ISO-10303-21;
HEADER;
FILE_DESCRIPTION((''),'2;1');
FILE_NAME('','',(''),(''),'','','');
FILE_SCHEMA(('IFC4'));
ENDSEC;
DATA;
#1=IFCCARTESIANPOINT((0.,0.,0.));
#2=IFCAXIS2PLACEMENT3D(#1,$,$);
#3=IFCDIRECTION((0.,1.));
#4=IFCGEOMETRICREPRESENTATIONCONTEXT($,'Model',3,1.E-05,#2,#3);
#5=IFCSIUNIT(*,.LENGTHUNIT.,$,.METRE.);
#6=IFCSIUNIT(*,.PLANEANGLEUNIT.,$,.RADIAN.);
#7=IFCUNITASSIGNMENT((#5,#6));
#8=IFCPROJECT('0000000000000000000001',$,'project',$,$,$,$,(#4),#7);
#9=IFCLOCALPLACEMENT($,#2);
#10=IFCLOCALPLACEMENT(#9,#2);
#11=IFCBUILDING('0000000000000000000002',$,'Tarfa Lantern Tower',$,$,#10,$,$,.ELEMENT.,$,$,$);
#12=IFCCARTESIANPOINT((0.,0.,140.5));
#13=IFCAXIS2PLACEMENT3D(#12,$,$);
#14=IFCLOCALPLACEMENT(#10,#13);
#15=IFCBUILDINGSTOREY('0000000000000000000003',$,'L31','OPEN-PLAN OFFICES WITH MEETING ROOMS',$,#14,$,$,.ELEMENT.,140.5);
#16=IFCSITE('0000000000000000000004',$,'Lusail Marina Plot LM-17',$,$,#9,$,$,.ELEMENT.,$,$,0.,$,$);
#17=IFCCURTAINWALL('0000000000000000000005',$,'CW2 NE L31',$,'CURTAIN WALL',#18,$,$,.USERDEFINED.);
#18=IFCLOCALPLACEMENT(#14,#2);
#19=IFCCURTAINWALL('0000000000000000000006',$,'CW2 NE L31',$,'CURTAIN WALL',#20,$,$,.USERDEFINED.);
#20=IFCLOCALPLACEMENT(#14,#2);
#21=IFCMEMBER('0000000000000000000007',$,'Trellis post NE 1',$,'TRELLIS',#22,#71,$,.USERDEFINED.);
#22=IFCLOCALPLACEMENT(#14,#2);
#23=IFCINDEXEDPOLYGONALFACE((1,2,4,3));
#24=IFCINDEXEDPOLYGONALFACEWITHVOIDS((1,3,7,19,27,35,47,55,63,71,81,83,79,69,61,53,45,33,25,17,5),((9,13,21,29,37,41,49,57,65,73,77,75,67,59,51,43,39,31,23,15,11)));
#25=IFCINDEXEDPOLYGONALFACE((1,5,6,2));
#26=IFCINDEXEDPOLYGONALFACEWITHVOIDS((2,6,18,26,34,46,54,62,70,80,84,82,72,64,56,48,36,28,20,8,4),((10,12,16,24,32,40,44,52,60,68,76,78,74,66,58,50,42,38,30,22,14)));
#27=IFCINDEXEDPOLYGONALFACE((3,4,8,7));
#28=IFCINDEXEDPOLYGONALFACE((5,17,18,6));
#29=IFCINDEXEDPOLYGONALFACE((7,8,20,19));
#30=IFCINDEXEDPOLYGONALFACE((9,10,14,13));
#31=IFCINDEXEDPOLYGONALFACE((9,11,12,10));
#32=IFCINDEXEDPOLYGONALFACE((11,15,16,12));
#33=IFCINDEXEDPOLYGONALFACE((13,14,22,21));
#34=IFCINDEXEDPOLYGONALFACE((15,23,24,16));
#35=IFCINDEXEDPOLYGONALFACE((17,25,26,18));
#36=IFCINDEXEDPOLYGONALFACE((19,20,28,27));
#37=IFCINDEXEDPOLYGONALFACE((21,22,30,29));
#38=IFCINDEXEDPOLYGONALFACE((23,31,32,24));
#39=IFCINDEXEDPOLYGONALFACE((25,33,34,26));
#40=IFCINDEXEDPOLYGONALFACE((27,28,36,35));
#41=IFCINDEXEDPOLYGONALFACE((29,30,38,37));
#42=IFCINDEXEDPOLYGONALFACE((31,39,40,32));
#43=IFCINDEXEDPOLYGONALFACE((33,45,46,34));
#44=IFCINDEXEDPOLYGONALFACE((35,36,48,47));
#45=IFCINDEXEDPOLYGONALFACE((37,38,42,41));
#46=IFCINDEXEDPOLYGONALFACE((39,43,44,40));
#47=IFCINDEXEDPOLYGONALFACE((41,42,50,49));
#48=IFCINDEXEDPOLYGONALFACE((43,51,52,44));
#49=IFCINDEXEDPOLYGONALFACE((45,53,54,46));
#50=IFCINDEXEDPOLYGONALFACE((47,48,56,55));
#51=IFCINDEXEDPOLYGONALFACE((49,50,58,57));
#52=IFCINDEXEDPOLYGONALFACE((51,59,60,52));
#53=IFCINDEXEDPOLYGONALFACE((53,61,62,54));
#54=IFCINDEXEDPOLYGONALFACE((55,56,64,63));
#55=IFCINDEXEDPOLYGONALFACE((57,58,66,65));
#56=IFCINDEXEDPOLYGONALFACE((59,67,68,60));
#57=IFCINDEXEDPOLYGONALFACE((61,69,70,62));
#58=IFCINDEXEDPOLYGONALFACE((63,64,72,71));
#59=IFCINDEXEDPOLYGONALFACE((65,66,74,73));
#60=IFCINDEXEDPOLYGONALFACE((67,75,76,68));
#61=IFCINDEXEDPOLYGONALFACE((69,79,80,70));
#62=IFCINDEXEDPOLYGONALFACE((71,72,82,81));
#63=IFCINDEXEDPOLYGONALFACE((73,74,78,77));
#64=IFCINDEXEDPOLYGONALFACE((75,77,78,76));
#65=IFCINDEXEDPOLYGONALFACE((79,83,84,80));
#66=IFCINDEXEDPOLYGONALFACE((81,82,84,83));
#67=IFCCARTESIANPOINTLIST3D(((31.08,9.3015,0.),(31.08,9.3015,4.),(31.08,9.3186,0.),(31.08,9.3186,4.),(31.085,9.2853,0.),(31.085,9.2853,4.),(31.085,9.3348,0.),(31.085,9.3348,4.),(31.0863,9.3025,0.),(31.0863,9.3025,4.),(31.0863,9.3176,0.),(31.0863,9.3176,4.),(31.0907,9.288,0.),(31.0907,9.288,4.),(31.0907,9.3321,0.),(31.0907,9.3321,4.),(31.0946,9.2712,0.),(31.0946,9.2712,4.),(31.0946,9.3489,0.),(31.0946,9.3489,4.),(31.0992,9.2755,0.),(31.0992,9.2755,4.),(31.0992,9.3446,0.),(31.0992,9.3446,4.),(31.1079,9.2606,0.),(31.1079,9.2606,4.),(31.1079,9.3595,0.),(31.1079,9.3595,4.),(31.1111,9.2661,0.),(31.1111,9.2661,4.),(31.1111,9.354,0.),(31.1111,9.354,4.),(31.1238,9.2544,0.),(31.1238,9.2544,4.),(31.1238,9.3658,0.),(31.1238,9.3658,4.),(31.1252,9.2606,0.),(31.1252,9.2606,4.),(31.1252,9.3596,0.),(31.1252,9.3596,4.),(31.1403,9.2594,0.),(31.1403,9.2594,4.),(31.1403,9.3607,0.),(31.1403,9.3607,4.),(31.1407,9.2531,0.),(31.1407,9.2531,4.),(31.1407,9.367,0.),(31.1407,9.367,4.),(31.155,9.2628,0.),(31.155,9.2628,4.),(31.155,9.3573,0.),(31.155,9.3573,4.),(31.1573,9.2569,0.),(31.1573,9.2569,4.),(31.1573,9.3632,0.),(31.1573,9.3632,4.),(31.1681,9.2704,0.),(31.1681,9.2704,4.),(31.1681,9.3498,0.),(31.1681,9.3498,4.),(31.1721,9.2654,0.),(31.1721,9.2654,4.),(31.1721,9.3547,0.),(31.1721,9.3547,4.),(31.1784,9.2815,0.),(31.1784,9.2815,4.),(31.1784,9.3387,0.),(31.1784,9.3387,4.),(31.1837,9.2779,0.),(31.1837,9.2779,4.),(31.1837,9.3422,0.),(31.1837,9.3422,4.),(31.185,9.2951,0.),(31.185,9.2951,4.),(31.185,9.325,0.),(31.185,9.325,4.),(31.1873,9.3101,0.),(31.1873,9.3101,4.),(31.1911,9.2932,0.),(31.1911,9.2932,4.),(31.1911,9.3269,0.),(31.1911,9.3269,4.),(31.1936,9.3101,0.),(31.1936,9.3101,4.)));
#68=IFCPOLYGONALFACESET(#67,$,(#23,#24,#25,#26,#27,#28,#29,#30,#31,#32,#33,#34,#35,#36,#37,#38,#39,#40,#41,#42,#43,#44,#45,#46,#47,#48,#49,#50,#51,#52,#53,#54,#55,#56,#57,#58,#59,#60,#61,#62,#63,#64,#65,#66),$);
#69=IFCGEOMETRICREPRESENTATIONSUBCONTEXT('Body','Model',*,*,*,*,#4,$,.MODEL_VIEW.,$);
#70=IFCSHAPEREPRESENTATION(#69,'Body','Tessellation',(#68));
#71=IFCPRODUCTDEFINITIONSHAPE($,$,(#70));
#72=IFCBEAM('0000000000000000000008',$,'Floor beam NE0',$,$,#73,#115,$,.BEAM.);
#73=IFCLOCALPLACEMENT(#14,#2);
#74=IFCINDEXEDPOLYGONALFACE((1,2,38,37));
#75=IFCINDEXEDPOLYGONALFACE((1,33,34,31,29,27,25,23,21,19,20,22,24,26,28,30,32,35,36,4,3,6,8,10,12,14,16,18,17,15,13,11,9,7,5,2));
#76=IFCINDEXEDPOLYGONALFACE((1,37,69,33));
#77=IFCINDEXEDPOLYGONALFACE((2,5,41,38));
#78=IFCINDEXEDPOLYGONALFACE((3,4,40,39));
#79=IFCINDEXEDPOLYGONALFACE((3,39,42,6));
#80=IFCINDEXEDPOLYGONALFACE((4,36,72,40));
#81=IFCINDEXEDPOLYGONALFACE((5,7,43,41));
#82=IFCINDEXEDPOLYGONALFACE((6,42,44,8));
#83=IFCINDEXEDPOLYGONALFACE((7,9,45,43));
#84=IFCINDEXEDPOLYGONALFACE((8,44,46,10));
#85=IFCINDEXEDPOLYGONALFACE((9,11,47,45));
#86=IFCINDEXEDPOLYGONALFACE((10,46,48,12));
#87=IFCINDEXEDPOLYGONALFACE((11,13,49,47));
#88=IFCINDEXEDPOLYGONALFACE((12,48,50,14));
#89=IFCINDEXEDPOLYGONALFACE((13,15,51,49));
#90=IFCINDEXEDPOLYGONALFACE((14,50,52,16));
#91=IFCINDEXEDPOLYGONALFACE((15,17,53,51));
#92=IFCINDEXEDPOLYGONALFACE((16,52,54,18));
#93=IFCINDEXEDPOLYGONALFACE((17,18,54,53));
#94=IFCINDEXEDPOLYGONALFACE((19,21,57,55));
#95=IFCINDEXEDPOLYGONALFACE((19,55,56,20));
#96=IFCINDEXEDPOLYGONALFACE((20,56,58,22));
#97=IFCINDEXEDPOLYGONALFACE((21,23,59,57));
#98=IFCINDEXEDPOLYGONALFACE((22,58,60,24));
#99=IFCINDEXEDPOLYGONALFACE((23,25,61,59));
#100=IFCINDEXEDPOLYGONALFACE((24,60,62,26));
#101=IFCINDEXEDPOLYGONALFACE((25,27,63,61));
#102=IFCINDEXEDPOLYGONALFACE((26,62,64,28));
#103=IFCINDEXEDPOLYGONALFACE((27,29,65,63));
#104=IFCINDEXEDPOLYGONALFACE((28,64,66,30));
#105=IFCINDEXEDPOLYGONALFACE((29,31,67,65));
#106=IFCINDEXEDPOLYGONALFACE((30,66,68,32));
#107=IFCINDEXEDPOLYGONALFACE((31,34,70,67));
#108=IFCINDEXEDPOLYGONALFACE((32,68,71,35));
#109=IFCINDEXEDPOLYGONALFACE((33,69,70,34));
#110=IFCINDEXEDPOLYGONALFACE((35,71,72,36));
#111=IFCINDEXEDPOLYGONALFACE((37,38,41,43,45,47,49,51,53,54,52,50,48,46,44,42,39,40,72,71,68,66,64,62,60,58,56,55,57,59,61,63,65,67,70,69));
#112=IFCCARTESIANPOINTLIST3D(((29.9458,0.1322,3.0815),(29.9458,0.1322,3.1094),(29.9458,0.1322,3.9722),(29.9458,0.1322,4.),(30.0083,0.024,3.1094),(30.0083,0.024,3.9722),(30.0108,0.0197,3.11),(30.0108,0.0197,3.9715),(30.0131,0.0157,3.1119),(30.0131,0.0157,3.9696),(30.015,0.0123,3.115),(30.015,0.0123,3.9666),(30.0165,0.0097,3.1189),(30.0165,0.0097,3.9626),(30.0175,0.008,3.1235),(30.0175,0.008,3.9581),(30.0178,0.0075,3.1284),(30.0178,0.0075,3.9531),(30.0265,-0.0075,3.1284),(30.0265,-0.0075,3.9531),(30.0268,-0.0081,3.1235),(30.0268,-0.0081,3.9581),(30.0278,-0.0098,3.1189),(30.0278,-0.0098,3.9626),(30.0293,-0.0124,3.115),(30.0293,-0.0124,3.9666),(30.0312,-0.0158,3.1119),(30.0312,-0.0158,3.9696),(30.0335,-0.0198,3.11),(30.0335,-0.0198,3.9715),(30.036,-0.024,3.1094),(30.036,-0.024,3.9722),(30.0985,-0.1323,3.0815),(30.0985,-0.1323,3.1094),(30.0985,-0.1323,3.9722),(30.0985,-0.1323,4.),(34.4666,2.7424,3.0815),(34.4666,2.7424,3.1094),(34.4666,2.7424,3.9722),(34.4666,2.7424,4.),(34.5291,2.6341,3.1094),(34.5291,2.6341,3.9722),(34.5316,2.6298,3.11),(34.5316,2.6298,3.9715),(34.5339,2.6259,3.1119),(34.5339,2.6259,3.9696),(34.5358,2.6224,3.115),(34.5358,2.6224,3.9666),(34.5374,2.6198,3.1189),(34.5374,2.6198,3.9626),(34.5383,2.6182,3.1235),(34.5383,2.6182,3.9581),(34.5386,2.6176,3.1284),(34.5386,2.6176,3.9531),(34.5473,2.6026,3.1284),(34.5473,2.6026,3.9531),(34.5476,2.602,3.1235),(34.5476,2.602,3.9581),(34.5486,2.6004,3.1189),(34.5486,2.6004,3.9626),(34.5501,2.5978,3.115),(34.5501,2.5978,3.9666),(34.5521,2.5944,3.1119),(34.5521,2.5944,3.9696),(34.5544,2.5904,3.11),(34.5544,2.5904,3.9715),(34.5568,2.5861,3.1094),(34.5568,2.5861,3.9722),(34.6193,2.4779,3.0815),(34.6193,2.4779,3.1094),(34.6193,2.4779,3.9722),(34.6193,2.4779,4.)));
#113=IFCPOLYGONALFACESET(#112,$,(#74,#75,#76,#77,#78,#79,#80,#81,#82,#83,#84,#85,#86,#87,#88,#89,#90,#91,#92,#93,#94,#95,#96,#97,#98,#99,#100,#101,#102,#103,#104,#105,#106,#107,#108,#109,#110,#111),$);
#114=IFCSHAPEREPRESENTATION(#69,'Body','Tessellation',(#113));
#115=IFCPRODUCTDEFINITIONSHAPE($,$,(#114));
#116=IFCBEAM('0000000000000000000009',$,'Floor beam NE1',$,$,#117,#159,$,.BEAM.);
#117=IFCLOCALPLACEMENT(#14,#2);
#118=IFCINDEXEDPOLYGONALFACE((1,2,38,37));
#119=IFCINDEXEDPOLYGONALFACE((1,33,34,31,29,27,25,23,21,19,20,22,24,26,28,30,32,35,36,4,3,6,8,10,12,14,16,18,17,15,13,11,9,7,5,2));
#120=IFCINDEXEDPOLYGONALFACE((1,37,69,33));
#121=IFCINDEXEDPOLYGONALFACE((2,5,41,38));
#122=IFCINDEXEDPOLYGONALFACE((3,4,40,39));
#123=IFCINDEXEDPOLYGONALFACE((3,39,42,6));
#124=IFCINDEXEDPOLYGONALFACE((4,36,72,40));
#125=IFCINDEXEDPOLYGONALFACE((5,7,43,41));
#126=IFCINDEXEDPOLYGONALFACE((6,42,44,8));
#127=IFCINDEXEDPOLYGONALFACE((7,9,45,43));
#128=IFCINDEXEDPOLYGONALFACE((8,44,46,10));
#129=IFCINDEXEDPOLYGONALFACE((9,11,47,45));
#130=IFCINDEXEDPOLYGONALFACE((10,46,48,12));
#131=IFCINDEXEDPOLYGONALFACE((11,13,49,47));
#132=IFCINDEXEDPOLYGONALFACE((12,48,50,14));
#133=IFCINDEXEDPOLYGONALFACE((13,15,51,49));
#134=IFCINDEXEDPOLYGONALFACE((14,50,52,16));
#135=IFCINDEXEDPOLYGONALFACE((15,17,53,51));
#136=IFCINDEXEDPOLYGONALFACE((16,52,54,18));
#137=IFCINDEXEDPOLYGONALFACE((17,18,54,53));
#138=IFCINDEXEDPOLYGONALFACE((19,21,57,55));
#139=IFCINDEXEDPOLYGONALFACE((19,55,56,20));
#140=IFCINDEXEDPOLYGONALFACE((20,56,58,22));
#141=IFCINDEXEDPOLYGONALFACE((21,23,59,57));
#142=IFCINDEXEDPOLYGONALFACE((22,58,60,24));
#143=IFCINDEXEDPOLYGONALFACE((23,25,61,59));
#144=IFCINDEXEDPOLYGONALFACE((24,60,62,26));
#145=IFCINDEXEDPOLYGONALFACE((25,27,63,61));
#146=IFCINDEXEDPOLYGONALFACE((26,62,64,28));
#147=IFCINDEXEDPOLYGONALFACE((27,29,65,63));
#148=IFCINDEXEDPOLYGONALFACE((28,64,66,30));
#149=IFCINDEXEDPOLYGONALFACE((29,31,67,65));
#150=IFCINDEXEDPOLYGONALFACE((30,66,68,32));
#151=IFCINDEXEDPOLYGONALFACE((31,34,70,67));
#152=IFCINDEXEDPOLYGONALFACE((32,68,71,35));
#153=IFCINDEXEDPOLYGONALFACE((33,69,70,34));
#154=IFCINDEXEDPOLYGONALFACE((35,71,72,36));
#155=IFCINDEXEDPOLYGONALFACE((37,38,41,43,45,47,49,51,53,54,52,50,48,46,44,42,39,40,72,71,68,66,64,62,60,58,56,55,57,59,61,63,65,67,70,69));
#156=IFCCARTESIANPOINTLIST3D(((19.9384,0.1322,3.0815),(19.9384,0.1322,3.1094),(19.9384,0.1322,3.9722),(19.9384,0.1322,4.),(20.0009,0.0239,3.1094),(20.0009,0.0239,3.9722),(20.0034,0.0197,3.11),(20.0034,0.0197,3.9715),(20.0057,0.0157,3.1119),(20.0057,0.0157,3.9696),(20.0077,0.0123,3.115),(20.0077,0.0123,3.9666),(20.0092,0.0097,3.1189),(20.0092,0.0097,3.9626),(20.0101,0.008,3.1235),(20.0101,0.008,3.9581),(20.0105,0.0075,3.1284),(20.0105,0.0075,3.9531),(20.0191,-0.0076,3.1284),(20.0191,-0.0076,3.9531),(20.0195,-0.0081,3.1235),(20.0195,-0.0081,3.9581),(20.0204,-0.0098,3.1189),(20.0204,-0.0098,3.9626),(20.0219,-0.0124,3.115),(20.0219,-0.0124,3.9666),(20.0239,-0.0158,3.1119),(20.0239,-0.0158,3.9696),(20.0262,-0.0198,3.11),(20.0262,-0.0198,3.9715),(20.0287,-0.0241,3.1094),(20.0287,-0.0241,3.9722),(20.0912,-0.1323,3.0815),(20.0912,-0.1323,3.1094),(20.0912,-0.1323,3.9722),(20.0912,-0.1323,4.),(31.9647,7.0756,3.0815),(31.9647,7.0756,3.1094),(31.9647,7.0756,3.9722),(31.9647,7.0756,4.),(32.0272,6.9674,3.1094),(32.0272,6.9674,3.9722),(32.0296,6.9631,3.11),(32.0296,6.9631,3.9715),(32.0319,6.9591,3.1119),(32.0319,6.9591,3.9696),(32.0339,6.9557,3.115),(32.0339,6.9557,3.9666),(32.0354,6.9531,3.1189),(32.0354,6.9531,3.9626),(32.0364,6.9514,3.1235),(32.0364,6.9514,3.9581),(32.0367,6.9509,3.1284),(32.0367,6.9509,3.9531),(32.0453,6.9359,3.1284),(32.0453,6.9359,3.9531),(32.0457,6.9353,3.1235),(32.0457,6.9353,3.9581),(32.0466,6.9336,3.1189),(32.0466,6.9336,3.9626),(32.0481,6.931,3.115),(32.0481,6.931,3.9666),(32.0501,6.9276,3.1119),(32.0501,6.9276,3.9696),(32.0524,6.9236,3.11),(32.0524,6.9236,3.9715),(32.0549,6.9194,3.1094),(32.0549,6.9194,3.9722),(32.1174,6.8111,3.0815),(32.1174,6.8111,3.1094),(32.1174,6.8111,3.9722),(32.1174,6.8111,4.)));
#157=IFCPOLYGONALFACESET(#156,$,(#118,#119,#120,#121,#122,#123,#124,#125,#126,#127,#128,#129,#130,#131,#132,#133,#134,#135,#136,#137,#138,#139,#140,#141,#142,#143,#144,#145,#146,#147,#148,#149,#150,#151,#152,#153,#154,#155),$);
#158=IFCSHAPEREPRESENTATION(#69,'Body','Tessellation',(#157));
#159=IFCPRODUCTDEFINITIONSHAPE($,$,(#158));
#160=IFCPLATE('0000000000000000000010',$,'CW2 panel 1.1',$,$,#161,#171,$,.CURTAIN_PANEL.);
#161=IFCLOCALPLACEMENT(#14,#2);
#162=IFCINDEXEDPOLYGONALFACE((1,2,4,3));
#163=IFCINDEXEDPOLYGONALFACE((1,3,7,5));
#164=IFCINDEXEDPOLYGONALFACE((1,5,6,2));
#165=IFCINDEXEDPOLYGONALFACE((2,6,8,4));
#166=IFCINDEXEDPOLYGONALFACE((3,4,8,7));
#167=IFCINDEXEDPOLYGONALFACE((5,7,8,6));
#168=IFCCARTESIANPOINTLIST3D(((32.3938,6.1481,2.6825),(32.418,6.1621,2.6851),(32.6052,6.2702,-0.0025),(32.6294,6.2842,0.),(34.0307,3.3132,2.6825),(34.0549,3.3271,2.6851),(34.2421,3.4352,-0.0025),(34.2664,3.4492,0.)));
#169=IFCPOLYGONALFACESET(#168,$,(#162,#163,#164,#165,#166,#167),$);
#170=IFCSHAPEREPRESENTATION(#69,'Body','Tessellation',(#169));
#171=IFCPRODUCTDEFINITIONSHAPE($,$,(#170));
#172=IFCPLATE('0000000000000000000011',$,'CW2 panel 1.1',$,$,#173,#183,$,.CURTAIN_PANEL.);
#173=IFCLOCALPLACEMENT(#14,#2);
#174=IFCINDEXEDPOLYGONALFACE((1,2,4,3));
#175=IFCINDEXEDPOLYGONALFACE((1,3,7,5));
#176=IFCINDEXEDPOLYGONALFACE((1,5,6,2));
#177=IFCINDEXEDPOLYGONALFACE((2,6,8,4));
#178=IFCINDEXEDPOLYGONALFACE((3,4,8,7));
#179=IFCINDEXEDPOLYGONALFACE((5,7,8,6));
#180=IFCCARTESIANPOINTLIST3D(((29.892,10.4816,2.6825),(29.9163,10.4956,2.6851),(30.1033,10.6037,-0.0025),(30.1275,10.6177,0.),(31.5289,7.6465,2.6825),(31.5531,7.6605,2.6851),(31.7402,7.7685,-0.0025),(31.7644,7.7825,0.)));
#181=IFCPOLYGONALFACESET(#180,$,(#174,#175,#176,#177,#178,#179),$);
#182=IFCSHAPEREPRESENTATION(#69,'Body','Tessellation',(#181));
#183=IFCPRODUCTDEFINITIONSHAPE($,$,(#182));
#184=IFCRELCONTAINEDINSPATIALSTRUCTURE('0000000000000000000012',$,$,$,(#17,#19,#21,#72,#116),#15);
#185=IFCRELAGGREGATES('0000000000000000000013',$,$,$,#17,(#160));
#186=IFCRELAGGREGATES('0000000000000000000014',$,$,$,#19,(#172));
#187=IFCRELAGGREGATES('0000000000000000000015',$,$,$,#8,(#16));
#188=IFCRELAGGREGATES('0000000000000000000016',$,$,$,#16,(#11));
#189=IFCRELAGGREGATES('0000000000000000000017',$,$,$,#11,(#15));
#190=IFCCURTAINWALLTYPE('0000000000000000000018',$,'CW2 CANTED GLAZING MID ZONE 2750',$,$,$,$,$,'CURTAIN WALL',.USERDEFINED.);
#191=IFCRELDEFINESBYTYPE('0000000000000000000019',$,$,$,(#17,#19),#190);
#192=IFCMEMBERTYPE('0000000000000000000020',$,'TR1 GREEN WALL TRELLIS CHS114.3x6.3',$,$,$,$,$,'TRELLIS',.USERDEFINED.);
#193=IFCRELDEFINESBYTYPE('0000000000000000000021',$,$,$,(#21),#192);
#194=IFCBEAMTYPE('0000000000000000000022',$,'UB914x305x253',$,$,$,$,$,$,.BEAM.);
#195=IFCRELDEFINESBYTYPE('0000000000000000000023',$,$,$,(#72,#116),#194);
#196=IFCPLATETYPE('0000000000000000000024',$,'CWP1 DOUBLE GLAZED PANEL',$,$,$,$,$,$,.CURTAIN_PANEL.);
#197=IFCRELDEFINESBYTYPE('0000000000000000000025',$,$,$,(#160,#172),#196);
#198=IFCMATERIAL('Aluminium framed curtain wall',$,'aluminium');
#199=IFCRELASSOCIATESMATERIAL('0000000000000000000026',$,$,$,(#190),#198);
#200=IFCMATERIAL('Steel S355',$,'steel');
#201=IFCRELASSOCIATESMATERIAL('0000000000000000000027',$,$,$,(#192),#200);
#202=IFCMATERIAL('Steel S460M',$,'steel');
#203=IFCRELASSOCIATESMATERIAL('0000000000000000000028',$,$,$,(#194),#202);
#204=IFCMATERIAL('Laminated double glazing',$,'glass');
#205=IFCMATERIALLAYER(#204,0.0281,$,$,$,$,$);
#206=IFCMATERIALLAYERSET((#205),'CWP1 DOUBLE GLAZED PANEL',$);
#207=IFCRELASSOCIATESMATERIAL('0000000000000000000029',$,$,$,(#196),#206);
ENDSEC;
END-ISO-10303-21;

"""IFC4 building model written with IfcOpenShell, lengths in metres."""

from ifc_helpers import new_model, si_unit, direction, frame, origin, origin_2d, place, context, subcontext, project, spatial, polyline, hollow_circle, i_section, outline, extrude, material, layer, layer_set, material_profile, profile_set, type_object, element, aggregate, save


model = new_model("IFC4")

# Units and contexts
model_context = context("Model", 3, precision=1e-05, world=origin(), true_north=direction((0.0, 1.0)))
body_context = subcontext(model_context, "Body", "Model", "MODEL_VIEW")
ifc_project = project(units=[si_unit("LENGTHUNIT", "METRE"), si_unit("PLANEANGLEUNIT", "RADIAN")], contexts=[model_context])

# Site, building, storey
site_placement = place(None, origin())
site = spatial("IfcSite", under=ifc_project, at=site_placement, Name="Lusail Marina Plot LM-17", CompositionType="ELEMENT", RefElevation=0.0)
building_placement = place(site_placement, origin())
building = spatial("IfcBuilding", under=site, at=building_placement, Name="Tarfa Lantern Tower", CompositionType="ELEMENT")
storey_placement = place(building_placement, frame((0.0, 0.0, 140.5)))
storey = spatial("IfcBuildingStorey", under=building, at=storey_placement, Name="L31", Description="OPEN-PLAN OFFICES WITH MEETING ROOMS", CompositionType="ELEMENT", Elevation=140.5)

# Curtain walls
ifc_material_1 = material(Name="Aluminium framed curtain wall", Category="aluminium")
curtain_wall_type_1 = type_object("IfcCurtainWallType", Name="CW2 CANTED GLAZING MID ZONE 2750", ElementType="CURTAIN WALL", PredefinedType="USERDEFINED", material=ifc_material_1)
curtain_wall_1_placement = place(storey_placement, origin())
curtain_wall_1 = element("IfcCurtainWall", 1, at=curtain_wall_1_placement, inside=storey, type_object=curtain_wall_type_1, Name="CW2 NE L31", ObjectType="CURTAIN WALL", PredefinedType="USERDEFINED")
curtain_wall_2_placement = place(storey_placement, origin())
curtain_wall_2 = element("IfcCurtainWall", 2, at=curtain_wall_2_placement, inside=storey, type_object=curtain_wall_type_1, Name="CW2 NE L31", ObjectType="CURTAIN WALL", PredefinedType="USERDEFINED")

# Member
ifc_material_2 = material(Name="Steel S355", Category="steel")
ifc_material_profile_1 = material_profile(ifc_material_2, hollow_circle(Radius=0.0571, WallThickness=0.0063, at=origin_2d()), Name="CHS114.3x6.3")
ifc_profile_set_1 = profile_set([ifc_material_profile_1], Name="Steel S355")
member_type_1 = type_object("IfcMemberType", Name="TR1 GREEN WALL TRELLIS CHS114.3x6.3", ElementType="TRELLIS", PredefinedType="USERDEFINED", material=ifc_profile_set_1)
member_1_placement = place(storey_placement, frame((31.1365, 9.3101, 0.0), z_axis=(0.0, 0.0, 1.0), x_axis=(1.0, 0.0, 0.0)))
element("IfcMember", 3, at=member_1_placement, inside=storey, type_object=member_type_1, Name="Trellis post NE 1", ObjectType="TRELLIS", PredefinedType="USERDEFINED", context=body_context, shape_type="SweptSolid", body=[
    extrude(hollow_circle(Radius=0.0571, WallThickness=0.0063, at=origin_2d()), origin(), (0.0, 0.0, 1.0), 4.0),
])

# Beams
ifc_material_3 = material(Name="Steel S460M", Category="steel")
ifc_material_profile_2 = material_profile(ifc_material_3, i_section(OverallWidth=0.3054, OverallDepth=0.9185, WebThickness=0.0173, FlangeThickness=0.0278, FilletRadius=0.019, at=origin_2d()), Name="UB914x305x253")
ifc_profile_set_2 = profile_set([ifc_material_profile_2], Name="Steel S460M")
beam_type_1 = type_object("IfcBeamType", Name="UB914x305x253", PredefinedType="BEAM", material=ifc_profile_set_2)
beam_1_placement = place(storey_placement, frame((34.543, 2.6101, 3.5408), z_axis=(-0.866021, -0.500007, 0.0), x_axis=(0.500007, -0.866021, 0.0)))
element("IfcBeam", 4, at=beam_1_placement, inside=storey, type_object=beam_type_1, Name="Floor beam NE0", PredefinedType="BEAM", context=body_context, shape_type="SweptSolid", body=[
    extrude(i_section(OverallWidth=0.3054, OverallDepth=0.9185, WebThickness=0.0173, FlangeThickness=0.0278, FilletRadius=0.019, at=origin_2d()), origin(), (0.0, 0.0, 1.0), 5.2202),
])
beam_2_placement = place(storey_placement, frame((32.041, 6.9434, 3.5408), z_axis=(-0.866023, -0.500004, 0.0), x_axis=(0.500004, -0.866023, 0.0)))
element("IfcBeam", 5, at=beam_2_placement, inside=storey, type_object=beam_type_1, Name="Floor beam NE1", PredefinedType="BEAM", context=body_context, shape_type="SweptSolid", body=[
    extrude(i_section(OverallWidth=0.3054, OverallDepth=0.9185, WebThickness=0.0173, FlangeThickness=0.0278, FilletRadius=0.019, at=origin_2d()), origin(), (0.0, 0.0, 1.0), 13.8867),
])

# Plates
ifc_material_4 = material(Name="Laminated double glazing", Category="glass")
ifc_layer_1 = layer(ifc_material_4, 0.0281)
ifc_layer_set_1 = layer_set([ifc_layer_1], Name="CWP1 DOUBLE GLAZED PANEL")
plate_type = type_object("IfcPlateType", Name="CWP1 DOUBLE GLAZED PANEL", PredefinedType="CURTAIN_PANEL", material=ifc_layer_set_1)
plate_1_placement = place(storey_placement, frame((34.2664, 3.4492, 0.0), z_axis=(0.862442, 0.497991, 0.09055), x_axis=(-0.500045, 0.865999, 0.0)))
plate_1 = element("IfcPlate", 6, at=plate_1_placement, type_object=plate_type, Name="CW2 panel 1.1", PredefinedType="CURTAIN_PANEL", context=body_context, shape_type="SweptSolid", body=[
    extrude(outline(polyline([(0.0, 0.0), (3.2736, 0.0), (3.2736, 2.6961), (0.0, 2.6961), (0.0, 0.0)])), origin(), (0.0, 0.0, -1.0), 0.0281),
])
aggregate(curtain_wall_1, [plate_1])
plate_2_placement = place(storey_placement, frame((31.7644, 7.7825, 0.0), z_axis=(0.862479, 0.497933, 0.090511), x_axis=(-0.499985, 0.866034, 0.000003)))
plate_2 = element("IfcPlate", 7, at=plate_2_placement, type_object=plate_type, Name="CW2 panel 1.1", PredefinedType="CURTAIN_PANEL", context=body_context, shape_type="SweptSolid", body=[
    extrude(outline(polyline([(0.0, 0.0), (3.2738, 0.0), (3.2737, 2.6961), (0.0, 2.6961), (0.0, 0.0)])), origin(), (0.0, 0.0, -1.0), 0.0281),
])
aggregate(curtain_wall_2, [plate_2])

save(model, "model.ifc")
